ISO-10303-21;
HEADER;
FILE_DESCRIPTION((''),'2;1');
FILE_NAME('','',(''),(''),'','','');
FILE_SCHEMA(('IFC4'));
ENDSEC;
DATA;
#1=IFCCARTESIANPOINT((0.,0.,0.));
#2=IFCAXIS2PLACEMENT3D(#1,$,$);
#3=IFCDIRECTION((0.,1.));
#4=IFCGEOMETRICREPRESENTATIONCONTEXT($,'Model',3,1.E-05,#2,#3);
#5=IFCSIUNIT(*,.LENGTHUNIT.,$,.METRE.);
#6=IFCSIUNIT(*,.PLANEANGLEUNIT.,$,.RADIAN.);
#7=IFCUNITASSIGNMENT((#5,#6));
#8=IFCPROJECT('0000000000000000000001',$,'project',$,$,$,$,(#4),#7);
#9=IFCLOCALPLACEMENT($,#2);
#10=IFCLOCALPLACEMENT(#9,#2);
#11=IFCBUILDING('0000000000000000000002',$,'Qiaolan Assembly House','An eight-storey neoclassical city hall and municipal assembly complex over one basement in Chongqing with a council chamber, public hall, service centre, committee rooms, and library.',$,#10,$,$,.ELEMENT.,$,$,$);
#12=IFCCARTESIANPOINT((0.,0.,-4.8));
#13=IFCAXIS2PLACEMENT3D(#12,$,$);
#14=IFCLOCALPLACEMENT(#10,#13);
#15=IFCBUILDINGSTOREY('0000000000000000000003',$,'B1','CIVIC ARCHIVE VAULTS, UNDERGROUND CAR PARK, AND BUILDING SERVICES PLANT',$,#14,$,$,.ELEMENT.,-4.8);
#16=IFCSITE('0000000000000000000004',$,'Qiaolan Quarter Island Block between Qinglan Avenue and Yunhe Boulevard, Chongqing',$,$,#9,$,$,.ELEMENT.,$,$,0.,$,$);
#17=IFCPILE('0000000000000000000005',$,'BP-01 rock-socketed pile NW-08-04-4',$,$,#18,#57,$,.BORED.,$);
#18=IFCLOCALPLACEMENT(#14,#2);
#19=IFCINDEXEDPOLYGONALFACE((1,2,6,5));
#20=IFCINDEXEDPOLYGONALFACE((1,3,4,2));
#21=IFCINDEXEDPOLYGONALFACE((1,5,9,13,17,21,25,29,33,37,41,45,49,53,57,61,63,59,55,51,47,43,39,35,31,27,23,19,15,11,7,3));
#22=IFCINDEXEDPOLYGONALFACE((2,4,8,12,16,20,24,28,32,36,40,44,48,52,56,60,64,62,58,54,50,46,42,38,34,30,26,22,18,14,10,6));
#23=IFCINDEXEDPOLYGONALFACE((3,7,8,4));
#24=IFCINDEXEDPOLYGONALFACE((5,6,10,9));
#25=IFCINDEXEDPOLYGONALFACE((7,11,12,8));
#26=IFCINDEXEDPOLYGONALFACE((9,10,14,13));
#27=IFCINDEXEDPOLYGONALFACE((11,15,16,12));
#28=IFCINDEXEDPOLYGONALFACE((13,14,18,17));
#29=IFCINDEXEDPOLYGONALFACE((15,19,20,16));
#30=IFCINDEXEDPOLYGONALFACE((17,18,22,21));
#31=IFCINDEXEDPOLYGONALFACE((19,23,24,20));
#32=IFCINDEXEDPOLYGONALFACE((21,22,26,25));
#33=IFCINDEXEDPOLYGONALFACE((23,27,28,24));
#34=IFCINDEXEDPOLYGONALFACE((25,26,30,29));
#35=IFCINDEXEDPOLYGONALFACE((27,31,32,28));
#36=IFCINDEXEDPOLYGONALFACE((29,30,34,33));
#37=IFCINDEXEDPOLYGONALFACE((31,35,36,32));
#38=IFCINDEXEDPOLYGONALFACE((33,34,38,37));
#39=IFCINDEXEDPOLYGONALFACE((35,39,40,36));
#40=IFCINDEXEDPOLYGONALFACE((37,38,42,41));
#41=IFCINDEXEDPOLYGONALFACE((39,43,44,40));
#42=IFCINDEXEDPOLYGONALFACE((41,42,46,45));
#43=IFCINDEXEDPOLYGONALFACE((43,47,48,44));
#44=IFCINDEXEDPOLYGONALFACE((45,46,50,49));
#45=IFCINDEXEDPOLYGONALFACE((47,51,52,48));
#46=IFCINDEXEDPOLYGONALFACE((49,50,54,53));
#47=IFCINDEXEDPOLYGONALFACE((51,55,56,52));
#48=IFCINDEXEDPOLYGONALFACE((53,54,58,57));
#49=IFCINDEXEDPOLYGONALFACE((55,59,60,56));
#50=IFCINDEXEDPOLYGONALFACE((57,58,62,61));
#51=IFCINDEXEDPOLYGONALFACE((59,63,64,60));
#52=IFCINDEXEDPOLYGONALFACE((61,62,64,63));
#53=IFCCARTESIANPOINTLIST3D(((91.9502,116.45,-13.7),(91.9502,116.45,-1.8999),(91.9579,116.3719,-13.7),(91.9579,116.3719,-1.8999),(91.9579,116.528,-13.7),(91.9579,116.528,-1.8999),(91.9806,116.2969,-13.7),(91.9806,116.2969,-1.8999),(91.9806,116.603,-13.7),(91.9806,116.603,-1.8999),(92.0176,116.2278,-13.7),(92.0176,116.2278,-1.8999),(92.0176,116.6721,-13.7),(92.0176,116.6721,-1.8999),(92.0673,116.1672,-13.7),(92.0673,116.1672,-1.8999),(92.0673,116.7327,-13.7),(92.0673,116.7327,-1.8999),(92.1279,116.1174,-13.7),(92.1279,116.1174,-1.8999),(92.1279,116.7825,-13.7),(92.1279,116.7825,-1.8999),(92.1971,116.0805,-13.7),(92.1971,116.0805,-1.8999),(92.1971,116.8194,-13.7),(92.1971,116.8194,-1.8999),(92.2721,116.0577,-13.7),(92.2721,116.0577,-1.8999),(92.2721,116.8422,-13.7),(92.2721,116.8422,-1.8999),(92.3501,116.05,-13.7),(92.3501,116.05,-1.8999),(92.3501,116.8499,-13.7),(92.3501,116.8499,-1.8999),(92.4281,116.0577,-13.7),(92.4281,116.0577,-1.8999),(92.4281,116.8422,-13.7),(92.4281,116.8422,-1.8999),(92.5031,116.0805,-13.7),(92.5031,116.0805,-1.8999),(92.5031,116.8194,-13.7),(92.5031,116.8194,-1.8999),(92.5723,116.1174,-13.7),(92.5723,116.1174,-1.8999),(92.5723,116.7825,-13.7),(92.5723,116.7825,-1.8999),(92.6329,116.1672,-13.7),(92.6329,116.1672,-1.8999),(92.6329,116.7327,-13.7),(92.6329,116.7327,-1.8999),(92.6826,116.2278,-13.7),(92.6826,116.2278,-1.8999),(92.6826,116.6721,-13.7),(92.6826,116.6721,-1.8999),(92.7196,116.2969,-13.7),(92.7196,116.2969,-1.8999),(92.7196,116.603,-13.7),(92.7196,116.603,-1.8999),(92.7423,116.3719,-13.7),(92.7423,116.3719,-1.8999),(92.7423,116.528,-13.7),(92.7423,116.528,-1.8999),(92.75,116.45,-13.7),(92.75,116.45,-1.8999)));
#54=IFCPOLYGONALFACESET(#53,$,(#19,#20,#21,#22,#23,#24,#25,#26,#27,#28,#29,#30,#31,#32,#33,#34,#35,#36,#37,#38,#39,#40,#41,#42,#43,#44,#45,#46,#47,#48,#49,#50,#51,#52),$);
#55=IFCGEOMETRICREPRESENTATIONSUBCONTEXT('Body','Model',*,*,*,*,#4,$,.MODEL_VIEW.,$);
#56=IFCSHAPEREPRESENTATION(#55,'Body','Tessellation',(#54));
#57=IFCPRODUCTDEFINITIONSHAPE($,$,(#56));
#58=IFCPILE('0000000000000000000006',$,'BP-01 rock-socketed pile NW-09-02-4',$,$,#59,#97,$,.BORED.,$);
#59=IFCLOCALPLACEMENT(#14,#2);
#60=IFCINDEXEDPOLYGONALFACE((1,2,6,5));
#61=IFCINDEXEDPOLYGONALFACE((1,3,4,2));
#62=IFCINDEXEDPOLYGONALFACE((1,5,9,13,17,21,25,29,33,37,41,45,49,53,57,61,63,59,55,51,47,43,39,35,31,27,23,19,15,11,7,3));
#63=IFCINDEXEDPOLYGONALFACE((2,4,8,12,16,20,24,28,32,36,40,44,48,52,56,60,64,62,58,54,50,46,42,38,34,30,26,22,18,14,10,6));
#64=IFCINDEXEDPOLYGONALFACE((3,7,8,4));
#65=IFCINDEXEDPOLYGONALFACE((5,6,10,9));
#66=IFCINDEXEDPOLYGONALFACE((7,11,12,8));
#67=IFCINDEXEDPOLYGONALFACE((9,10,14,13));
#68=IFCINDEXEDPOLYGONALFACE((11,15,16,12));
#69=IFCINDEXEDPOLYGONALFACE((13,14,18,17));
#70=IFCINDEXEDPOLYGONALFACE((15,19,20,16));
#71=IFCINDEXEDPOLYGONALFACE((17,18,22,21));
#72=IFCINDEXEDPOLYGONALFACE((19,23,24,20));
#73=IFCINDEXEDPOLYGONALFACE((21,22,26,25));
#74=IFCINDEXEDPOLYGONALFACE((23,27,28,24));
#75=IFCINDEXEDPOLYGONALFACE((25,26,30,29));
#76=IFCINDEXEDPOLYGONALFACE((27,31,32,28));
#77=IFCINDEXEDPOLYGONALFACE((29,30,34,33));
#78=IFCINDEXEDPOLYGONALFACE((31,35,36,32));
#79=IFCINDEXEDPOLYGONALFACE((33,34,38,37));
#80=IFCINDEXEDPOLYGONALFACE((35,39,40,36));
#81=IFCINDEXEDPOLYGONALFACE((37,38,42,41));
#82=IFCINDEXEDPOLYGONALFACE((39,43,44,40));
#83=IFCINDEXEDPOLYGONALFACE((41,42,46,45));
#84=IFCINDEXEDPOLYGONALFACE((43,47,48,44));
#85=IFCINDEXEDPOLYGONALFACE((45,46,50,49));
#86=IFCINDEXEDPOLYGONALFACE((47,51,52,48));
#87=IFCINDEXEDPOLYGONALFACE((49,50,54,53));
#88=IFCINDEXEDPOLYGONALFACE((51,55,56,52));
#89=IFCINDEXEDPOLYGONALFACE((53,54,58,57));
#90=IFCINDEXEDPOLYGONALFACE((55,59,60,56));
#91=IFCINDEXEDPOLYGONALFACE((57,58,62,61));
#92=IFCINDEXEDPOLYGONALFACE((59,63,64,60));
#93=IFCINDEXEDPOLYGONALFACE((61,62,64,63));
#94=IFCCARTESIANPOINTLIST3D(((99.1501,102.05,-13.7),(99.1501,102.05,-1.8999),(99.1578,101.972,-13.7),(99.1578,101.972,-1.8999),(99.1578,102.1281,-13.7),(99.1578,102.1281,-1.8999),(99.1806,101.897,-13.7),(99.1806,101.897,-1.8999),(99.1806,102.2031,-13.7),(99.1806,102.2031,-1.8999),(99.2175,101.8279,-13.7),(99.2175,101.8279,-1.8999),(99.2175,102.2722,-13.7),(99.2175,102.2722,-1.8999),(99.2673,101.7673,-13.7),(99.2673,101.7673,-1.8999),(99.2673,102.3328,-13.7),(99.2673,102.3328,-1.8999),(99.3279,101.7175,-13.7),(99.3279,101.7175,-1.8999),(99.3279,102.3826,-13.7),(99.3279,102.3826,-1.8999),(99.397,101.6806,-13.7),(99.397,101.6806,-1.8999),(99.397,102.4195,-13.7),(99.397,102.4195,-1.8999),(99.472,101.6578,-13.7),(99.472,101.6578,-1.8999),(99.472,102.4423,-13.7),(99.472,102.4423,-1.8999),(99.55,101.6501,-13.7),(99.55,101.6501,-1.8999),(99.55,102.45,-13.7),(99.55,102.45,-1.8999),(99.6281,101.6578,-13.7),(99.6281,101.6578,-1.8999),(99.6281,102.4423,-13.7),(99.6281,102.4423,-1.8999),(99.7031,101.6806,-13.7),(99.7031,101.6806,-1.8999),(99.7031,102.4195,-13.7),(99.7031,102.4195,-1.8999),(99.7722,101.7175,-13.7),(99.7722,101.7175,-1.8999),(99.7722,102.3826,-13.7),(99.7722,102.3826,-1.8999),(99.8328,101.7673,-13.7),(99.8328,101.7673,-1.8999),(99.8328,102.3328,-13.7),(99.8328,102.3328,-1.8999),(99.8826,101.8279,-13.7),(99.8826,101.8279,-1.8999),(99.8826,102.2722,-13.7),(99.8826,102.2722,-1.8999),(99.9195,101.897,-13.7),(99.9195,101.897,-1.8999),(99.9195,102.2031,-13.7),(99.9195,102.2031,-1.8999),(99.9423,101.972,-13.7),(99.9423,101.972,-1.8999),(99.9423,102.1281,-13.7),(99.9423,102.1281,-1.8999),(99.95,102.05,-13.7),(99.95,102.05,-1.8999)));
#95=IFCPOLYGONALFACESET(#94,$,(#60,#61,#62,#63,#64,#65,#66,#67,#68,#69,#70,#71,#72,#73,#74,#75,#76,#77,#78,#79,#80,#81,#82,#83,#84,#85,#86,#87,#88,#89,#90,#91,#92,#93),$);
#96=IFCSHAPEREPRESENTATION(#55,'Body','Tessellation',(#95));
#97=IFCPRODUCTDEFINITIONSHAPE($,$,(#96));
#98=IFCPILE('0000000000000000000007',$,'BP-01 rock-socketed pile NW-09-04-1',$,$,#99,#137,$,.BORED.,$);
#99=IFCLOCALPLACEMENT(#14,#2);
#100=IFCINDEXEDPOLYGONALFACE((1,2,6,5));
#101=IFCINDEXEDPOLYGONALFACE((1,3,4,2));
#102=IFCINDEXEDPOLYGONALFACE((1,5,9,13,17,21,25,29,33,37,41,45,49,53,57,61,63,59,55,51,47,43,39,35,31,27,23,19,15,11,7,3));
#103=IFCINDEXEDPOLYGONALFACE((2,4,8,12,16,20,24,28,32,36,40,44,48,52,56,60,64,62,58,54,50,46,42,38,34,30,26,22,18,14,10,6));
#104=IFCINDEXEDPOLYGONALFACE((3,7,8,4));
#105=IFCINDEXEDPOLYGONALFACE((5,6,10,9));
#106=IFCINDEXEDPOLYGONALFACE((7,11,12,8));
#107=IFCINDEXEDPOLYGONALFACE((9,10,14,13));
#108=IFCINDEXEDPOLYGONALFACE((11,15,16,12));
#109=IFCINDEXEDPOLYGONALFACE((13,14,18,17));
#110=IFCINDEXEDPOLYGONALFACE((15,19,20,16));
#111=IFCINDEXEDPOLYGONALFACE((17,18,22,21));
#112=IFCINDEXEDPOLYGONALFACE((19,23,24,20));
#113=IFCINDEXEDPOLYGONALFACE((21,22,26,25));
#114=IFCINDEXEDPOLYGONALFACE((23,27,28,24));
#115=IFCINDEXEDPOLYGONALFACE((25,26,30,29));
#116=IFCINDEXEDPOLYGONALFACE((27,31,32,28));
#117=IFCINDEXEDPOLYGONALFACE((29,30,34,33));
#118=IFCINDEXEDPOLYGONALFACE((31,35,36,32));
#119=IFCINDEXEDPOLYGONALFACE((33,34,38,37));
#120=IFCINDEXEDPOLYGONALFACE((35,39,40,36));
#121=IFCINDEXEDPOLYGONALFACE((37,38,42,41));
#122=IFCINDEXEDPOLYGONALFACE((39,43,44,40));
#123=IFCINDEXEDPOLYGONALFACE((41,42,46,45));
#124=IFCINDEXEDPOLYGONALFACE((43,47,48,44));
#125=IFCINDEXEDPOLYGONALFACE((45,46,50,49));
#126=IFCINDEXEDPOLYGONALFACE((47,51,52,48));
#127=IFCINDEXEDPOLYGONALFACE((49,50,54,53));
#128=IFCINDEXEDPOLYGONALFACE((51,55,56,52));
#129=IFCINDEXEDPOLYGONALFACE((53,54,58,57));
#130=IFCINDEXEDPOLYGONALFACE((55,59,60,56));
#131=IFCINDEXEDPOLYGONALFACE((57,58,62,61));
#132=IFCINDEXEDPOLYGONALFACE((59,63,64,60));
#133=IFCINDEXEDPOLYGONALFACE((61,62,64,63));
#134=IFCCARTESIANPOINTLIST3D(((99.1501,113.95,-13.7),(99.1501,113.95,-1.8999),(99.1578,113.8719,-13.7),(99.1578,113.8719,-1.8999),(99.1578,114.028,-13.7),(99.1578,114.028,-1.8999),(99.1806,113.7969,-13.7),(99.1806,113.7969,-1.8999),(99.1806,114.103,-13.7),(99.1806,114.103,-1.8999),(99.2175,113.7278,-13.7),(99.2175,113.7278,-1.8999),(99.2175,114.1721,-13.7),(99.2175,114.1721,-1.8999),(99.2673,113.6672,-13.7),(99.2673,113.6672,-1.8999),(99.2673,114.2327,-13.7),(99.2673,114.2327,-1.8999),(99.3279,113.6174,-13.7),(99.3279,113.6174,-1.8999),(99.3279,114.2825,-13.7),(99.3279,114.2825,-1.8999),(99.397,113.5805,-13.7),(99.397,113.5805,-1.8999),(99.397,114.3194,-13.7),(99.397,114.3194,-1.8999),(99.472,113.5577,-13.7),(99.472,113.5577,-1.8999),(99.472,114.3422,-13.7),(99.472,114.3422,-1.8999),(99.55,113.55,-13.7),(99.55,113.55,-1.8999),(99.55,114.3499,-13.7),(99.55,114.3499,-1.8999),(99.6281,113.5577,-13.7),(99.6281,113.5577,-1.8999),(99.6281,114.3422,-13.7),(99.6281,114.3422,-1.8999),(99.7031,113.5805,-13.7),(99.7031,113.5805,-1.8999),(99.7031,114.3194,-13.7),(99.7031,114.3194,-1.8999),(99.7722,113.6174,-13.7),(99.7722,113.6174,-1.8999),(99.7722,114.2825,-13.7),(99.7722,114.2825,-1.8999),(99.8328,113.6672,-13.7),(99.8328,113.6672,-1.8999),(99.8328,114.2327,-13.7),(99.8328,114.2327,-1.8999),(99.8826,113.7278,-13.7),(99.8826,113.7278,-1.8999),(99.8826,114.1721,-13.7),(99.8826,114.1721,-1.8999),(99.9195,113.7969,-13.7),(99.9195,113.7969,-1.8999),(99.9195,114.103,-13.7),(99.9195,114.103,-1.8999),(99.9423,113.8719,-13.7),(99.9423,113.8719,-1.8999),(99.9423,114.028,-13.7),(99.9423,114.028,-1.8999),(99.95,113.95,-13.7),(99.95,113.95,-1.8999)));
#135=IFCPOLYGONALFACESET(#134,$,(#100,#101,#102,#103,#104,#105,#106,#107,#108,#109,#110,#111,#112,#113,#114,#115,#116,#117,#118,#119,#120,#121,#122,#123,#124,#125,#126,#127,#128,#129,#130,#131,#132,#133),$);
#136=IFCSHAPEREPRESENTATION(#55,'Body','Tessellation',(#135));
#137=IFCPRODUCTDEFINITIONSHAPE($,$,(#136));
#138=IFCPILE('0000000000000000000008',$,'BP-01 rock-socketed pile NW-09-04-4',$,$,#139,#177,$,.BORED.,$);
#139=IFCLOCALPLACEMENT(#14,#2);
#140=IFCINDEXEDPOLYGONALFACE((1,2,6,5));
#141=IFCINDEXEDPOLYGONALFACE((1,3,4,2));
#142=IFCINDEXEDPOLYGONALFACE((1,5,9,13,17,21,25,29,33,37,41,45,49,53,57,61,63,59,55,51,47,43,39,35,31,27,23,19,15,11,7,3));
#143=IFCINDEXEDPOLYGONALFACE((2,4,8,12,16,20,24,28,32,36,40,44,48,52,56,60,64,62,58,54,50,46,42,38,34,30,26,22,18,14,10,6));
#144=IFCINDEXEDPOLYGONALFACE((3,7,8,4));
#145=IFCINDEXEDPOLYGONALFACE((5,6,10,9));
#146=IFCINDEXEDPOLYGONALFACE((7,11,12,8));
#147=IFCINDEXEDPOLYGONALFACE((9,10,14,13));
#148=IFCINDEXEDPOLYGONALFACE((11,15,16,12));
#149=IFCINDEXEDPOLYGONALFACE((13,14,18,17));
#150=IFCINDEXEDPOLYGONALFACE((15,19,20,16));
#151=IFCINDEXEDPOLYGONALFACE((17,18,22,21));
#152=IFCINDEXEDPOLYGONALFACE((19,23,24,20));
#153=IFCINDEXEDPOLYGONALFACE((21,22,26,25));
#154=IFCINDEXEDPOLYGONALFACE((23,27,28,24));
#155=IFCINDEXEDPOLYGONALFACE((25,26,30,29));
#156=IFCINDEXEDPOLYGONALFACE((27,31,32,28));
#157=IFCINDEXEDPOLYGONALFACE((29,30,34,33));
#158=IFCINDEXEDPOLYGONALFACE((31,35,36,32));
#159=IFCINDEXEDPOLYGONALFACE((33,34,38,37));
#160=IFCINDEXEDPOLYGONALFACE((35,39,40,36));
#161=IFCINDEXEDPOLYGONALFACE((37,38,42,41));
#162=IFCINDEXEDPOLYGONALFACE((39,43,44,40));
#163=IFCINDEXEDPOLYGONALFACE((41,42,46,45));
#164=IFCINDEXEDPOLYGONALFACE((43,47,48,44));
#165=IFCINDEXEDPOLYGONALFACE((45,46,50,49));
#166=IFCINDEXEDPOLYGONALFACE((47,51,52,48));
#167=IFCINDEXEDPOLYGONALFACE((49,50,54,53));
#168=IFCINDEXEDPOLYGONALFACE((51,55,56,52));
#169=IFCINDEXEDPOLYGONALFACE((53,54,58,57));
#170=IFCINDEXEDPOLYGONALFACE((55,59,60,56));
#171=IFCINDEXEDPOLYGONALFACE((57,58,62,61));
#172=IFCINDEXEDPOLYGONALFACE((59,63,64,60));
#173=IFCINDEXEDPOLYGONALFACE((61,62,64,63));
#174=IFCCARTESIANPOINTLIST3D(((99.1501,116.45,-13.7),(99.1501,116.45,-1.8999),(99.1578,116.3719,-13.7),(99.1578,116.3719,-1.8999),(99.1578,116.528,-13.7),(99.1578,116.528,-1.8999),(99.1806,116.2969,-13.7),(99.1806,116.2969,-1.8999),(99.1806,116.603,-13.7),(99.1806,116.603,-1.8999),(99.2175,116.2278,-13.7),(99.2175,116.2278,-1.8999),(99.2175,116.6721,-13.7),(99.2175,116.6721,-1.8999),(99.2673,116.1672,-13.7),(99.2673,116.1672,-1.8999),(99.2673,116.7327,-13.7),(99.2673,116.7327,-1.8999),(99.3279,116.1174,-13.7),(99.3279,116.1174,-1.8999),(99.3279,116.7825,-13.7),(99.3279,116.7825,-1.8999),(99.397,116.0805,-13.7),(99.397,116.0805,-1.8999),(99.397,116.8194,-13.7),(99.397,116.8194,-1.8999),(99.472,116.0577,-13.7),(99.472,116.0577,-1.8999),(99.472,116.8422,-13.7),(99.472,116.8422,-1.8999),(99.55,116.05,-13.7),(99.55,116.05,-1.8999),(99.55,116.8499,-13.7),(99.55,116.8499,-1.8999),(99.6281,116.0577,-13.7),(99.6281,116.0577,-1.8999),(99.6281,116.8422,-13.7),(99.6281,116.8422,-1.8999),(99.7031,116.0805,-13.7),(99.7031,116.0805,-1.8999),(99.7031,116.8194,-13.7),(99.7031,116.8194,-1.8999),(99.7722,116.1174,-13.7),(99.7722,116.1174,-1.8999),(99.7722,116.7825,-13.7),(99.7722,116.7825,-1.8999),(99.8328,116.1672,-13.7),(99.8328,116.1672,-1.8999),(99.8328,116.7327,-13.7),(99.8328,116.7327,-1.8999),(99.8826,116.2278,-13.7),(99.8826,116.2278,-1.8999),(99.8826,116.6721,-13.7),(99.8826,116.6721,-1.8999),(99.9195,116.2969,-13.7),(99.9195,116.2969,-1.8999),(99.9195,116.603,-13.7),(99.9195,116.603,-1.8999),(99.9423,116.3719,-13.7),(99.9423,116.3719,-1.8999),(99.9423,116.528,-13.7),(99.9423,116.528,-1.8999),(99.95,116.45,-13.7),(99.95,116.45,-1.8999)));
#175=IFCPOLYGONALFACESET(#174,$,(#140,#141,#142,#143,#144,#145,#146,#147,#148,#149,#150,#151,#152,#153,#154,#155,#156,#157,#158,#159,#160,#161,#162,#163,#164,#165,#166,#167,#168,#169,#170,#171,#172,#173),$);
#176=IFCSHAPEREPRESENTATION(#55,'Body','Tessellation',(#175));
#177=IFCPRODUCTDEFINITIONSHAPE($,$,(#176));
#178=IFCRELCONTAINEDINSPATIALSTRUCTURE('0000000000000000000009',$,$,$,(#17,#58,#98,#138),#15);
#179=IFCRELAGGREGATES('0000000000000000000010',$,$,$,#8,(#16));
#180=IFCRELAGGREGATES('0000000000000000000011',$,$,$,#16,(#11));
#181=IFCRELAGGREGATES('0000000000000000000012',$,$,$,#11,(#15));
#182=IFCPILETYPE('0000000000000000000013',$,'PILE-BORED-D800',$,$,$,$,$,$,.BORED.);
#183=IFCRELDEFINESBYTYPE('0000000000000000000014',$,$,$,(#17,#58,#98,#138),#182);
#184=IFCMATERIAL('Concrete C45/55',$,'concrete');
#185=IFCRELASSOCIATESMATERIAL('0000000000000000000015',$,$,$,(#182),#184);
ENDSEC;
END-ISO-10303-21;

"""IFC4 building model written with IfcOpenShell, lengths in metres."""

from ifc_helpers import new_model, si_unit, direction, frame, origin, origin_2d, place, context, subcontext, project, spatial, circle, extrude, material, material_profile, profile_set, type_object, element, save


model = new_model("IFC4")

# Units and contexts
model_context = context("Model", 3, precision=1e-05, world=origin(), true_north=direction((0.0, 1.0)))
body_context = subcontext(model_context, "Body", "Model", "MODEL_VIEW")
ifc_project = project(units=[si_unit("LENGTHUNIT", "METRE"), si_unit("PLANEANGLEUNIT", "RADIAN")], contexts=[model_context])

# Site, building, storey
site_placement = place(None, origin())
site = spatial("IfcSite", under=ifc_project, at=site_placement, Name="Qiaolan Quarter Island Block between Qinglan Avenue and Yunhe Boulevard, Chongqing", CompositionType="ELEMENT", RefElevation=0.0)
building_placement = place(site_placement, origin())
building = spatial("IfcBuilding", under=site, at=building_placement, Name="Qiaolan Assembly House", Description="An eight-storey neoclassical city hall and municipal assembly complex over one basement in Chongqing with a council chamber, public hall, service centre, committee rooms, and library.", CompositionType="ELEMENT")
storey_placement = place(building_placement, frame((0.0, 0.0, -4.8)))
storey = spatial("IfcBuildingStorey", under=building, at=storey_placement, Name="B1", Description="CIVIC ARCHIVE VAULTS, UNDERGROUND CAR PARK, AND BUILDING SERVICES PLANT", CompositionType="ELEMENT", Elevation=-4.8)

# Piles
ifc_material_1 = material(Name="Concrete C45/55", Category="concrete")
ifc_material_profile_1 = material_profile(ifc_material_1, circle(Radius=0.3999, at=origin_2d()), Name="PILE D800")
ifc_profile_set_1 = profile_set([ifc_material_profile_1], Name="Concrete C45/55")
pile_type_1 = type_object("IfcPileType", Name="PILE-BORED-D800", PredefinedType="BORED", material=ifc_profile_set_1)
for number, where, z_axis, x_axis, name in (
    (1, (92.3501, 116.45, -1.8999), (0.0, 0.0, -1.0), (1.0, 0.0, 0.0), "BP-01 rock-socketed pile NW-08-04-4"),
    (2, (99.55, 102.05, -1.8999), (0.0, 0.0, -1.0), (1.0, 0.0, 0.0), "BP-01 rock-socketed pile NW-09-02-4"),
    (3, (99.55, 113.95, -1.8999), (0.0, 0.0, -1.0), (1.0, 0.0, 0.0), "BP-01 rock-socketed pile NW-09-04-1"),
    (4, (99.55, 116.45, -1.8999), (0.0, 0.0, -1.0), (1.0, 0.0, 0.0), "BP-01 rock-socketed pile NW-09-04-4"),
):
    element("IfcPile", number, at=place(storey_placement, frame(where, z_axis=z_axis, x_axis=x_axis)), inside=storey, type_object=pile_type_1, Name=name, PredefinedType="BORED", context=body_context, shape_type="SweptSolid", body=[
        extrude(circle(Radius=0.3999, at=origin_2d()), origin(), (0.0, 0.0, 1.0), 11.8),
    ])

save(model, "model.ifc")
